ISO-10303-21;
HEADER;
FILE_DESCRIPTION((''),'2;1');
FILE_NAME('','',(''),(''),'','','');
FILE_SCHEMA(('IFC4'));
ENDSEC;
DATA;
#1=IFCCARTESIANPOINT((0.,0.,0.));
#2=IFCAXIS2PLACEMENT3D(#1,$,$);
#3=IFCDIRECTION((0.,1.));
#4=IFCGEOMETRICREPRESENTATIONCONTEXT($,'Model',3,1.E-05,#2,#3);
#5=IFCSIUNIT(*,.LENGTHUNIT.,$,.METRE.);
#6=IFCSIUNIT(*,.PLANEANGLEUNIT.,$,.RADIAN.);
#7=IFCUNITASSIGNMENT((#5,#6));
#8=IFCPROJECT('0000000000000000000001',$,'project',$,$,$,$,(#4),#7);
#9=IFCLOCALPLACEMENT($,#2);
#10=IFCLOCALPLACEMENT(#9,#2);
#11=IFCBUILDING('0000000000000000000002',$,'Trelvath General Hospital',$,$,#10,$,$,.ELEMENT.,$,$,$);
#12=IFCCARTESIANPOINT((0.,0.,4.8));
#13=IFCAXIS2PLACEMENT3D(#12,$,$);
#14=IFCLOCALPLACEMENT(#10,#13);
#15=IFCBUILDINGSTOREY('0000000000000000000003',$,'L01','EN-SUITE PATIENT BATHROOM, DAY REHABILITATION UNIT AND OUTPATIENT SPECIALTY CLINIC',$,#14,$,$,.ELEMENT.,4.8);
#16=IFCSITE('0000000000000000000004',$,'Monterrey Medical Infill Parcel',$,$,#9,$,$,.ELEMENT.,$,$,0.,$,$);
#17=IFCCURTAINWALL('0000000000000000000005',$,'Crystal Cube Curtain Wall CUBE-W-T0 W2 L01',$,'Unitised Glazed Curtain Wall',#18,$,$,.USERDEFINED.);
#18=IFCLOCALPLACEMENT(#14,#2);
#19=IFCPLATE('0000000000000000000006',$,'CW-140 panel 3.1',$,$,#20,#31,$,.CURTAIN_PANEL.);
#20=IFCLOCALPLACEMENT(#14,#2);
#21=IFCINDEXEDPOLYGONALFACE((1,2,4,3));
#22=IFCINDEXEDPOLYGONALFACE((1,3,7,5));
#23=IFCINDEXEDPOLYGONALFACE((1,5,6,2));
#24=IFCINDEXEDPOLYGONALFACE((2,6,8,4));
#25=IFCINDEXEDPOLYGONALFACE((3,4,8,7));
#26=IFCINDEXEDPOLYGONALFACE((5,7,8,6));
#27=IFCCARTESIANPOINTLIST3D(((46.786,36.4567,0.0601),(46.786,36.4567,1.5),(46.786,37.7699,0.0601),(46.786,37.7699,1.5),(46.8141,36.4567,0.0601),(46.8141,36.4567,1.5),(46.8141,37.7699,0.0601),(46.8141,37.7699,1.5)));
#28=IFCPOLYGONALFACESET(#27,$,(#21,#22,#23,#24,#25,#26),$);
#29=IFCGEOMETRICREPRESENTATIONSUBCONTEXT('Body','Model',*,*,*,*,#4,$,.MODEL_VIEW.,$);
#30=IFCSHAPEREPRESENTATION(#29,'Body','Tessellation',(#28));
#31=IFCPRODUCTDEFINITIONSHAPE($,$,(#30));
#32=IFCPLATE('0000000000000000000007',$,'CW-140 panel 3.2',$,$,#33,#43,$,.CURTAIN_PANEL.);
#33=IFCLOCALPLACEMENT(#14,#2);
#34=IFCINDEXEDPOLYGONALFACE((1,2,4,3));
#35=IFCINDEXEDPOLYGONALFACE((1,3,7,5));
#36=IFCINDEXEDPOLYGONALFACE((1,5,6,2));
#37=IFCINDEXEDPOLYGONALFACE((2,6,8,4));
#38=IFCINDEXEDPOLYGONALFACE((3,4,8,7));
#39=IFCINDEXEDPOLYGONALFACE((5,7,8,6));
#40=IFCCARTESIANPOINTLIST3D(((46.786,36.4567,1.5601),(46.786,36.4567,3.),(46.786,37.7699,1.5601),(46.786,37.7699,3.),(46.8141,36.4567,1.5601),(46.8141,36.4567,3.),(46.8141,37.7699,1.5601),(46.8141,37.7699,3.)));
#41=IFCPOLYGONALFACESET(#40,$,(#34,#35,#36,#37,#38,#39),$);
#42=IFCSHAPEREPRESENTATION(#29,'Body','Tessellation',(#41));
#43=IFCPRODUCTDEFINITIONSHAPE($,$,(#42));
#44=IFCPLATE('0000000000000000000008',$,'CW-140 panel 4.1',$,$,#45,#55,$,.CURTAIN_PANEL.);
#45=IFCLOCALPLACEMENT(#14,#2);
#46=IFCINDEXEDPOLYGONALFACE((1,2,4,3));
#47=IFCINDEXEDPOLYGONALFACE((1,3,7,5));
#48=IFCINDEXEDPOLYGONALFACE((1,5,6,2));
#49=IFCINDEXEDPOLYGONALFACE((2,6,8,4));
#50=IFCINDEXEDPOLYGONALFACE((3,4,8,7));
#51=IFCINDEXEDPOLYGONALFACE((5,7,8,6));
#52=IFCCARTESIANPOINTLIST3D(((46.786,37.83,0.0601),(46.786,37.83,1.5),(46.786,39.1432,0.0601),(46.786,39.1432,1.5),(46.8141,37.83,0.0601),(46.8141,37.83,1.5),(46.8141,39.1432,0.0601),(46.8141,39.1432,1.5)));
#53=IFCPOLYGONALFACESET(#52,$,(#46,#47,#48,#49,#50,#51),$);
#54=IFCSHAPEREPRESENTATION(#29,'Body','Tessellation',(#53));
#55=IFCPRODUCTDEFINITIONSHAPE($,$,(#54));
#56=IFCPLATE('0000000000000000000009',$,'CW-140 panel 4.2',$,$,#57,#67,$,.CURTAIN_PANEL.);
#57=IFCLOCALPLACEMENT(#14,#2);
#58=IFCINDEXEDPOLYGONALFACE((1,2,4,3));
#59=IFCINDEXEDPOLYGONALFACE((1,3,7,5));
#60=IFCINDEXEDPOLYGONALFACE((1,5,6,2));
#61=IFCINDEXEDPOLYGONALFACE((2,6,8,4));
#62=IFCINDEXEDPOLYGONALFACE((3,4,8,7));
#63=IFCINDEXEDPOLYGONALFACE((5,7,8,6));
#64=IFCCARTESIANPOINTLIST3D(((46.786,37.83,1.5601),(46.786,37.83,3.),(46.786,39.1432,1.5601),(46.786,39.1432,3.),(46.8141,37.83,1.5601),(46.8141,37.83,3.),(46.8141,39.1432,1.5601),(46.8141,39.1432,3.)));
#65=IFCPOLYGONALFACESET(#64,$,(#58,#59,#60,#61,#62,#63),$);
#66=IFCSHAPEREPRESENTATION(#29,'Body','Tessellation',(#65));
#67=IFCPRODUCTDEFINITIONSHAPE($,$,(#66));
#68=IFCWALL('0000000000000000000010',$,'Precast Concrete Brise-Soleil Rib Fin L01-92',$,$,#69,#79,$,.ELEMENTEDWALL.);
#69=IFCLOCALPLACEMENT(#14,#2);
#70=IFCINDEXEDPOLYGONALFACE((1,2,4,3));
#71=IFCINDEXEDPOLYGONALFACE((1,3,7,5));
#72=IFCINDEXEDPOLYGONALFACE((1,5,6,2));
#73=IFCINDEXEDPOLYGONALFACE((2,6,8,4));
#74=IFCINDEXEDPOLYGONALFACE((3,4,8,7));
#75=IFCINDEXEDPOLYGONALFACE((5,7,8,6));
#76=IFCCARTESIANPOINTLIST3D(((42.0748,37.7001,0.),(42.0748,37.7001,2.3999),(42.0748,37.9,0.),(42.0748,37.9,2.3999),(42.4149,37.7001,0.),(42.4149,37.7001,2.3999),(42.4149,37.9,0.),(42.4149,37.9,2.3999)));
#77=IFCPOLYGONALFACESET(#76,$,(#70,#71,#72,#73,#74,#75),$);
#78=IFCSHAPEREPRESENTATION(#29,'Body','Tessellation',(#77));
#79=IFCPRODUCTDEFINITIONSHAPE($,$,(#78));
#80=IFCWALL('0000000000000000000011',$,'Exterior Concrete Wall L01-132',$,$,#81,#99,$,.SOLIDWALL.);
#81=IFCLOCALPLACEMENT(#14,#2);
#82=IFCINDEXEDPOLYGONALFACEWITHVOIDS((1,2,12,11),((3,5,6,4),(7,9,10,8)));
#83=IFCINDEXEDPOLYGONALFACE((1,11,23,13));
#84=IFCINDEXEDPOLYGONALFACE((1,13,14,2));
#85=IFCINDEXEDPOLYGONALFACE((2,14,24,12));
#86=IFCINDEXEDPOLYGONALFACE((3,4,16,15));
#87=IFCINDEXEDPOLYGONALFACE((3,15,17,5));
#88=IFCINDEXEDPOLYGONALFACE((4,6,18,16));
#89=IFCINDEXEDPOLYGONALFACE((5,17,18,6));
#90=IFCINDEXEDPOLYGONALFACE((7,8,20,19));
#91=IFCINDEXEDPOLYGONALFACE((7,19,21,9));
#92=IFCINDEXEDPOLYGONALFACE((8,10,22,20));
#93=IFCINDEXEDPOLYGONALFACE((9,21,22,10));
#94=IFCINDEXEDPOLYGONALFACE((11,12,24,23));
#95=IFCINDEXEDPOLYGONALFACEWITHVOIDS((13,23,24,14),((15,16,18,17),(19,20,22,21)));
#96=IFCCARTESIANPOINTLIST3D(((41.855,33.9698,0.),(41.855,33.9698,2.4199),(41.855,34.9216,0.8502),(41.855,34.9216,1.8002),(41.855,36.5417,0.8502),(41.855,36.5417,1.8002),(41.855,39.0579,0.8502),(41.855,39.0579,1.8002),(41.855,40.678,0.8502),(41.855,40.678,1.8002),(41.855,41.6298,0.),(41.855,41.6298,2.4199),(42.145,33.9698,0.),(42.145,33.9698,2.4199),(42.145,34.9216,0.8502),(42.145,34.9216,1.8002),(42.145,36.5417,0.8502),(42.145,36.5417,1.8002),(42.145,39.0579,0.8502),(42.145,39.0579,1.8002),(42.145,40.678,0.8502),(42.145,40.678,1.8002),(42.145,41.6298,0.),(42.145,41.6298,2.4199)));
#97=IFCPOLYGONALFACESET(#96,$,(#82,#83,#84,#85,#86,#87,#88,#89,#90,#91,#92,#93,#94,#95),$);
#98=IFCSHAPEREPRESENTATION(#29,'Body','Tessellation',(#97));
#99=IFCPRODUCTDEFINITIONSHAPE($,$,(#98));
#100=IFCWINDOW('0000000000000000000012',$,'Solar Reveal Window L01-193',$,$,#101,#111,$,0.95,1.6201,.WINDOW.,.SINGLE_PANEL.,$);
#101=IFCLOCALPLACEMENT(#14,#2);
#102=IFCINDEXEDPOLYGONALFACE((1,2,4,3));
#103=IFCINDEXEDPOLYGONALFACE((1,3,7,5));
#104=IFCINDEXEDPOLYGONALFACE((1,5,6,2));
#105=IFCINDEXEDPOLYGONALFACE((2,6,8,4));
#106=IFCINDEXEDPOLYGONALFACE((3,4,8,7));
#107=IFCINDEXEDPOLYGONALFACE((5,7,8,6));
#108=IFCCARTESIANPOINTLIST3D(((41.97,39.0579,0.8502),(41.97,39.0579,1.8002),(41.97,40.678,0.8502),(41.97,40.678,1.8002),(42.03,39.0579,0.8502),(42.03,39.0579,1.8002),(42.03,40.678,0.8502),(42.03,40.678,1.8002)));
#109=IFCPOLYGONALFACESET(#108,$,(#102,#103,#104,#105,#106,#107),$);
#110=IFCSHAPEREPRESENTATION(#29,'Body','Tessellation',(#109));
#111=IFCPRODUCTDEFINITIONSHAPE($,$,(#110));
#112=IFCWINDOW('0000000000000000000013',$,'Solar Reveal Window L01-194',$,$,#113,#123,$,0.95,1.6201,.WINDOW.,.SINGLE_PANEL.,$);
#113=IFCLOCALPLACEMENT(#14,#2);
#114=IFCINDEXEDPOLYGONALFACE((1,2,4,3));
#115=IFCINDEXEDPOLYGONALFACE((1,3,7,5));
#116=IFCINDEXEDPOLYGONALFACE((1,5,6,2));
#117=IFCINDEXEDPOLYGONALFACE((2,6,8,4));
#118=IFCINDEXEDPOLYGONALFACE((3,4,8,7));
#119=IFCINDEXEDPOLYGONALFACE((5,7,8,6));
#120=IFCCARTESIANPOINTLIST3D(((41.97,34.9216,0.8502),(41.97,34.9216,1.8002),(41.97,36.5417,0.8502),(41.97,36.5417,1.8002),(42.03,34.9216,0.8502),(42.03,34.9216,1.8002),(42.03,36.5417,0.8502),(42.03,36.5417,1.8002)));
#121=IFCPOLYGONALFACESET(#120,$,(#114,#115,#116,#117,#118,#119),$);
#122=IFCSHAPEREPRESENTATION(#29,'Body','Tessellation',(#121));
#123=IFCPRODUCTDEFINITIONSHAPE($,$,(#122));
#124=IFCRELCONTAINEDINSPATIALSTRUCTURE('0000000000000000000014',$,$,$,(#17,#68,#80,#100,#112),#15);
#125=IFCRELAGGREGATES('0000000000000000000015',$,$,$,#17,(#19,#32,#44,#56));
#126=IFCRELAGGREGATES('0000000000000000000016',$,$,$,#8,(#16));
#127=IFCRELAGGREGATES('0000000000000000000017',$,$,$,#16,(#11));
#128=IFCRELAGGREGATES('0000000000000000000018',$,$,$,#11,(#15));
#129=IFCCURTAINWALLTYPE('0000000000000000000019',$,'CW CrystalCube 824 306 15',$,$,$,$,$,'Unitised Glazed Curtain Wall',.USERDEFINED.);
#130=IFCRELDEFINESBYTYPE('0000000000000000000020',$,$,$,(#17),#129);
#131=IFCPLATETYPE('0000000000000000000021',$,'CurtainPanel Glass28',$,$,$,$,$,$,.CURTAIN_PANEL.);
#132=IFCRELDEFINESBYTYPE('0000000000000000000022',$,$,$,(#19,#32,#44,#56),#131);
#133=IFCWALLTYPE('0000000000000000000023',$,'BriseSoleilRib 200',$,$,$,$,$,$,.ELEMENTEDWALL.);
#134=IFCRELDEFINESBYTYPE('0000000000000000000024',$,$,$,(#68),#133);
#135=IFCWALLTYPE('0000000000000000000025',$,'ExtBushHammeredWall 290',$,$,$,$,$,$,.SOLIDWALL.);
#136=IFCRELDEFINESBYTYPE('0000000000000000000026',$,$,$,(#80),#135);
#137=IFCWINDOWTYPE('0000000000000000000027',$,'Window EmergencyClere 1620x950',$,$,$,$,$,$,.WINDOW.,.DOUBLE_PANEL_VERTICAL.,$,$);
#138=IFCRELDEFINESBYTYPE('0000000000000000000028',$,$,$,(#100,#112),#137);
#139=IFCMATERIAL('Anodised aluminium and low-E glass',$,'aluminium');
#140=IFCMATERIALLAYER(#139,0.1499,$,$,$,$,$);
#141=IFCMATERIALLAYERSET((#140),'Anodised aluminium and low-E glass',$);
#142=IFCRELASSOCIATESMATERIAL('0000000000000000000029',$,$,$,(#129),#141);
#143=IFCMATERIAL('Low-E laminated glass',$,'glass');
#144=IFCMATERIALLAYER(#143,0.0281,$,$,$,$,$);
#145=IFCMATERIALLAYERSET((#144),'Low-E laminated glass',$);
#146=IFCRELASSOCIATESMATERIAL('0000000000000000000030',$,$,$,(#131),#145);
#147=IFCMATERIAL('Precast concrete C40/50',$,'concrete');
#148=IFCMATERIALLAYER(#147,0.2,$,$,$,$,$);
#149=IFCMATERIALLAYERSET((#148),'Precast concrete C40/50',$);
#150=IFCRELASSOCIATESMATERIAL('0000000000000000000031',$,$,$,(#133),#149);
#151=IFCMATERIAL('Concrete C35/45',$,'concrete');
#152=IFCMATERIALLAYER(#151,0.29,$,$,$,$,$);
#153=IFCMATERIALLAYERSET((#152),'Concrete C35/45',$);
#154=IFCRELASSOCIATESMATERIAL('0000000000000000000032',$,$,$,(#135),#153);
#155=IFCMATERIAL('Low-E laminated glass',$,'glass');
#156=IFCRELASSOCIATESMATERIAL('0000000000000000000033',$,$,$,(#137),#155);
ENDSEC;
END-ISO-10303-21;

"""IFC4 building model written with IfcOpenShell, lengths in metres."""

from ifc_helpers import new_model, si_unit, direction, frame, frame_2d, origin, origin_2d, place, context, subcontext, project, spatial, rectangle, extrude, material, layer, layer_set, type_object, element, fill, aggregate, save


model = new_model("IFC4")

# Units and contexts
model_context = context("Model", 3, precision=1e-05, world=origin(), true_north=direction((0.0, 1.0)))
body_context = subcontext(model_context, "Body", "Model", "MODEL_VIEW")
ifc_project = project(units=[si_unit("LENGTHUNIT", "METRE"), si_unit("PLANEANGLEUNIT", "RADIAN")], contexts=[model_context])

# Site, building, storey
site_placement = place(None, origin())
site = spatial("IfcSite", under=ifc_project, at=site_placement, Name="Monterrey Medical Infill Parcel", CompositionType="ELEMENT", RefElevation=0.0)
building_placement = place(site_placement, origin())
building = spatial("IfcBuilding", under=site, at=building_placement, Name="Trelvath General Hospital", CompositionType="ELEMENT")
storey_placement = place(building_placement, frame((0.0, 0.0, 4.8)))
storey = spatial("IfcBuildingStorey", under=building, at=storey_placement, Name="L01", Description="EN-SUITE PATIENT BATHROOM, DAY REHABILITATION UNIT AND OUTPATIENT SPECIALTY CLINIC", CompositionType="ELEMENT", Elevation=4.8)

# Curtain wall, plates
ifc_material_1 = material(Name="Anodised aluminium and low-E glass", Category="aluminium")
ifc_layer_1 = layer(ifc_material_1, 0.1499)
ifc_layer_set_1 = layer_set([ifc_layer_1], Name="Anodised aluminium and low-E glass")
curtain_wall_type = type_object("IfcCurtainWallType", Name="CW CrystalCube 824 306 15", ElementType="Unitised Glazed Curtain Wall", PredefinedType="USERDEFINED", material=ifc_layer_set_1)
curtain_wall_placement = place(storey_placement, origin())
curtain_wall = element("IfcCurtainWall", 1, at=curtain_wall_placement, inside=storey, type_object=curtain_wall_type, Name="Crystal Cube Curtain Wall CUBE-W-T0 W2 L01", ObjectType="Unitised Glazed Curtain Wall", PredefinedType="USERDEFINED")
ifc_material_2 = material(Name="Low-E laminated glass", Category="glass")
ifc_layer_2 = layer(ifc_material_2, 0.0281)
ifc_layer_set_2 = layer_set([ifc_layer_2], Name="Low-E laminated glass")
plate_type = type_object("IfcPlateType", Name="CurtainPanel Glass28", PredefinedType="CURTAIN_PANEL", material=ifc_layer_set_2)
plate_1_placement = place(storey_placement, frame((46.8, 37.1133, 0.0601), z_axis=(0.0, 0.0, 1.0), x_axis=(0.0, 1.0, 0.0)))
plate_1 = element("IfcPlate", 2, at=plate_1_placement, type_object=plate_type, Name="CW-140 panel 3.1", PredefinedType="CURTAIN_PANEL", context=body_context, shape_type="SweptSolid", body=[
    extrude(rectangle(XDim=1.3132, YDim=0.0281, at=origin_2d()), origin(), (0.0, 0.0, 1.0), 1.4399),
])
plate_2_placement = place(storey_placement, frame((46.8, 37.1133, 1.5601), z_axis=(0.0, 0.0, 1.0), x_axis=(0.0, 1.0, 0.0)))
plate_2 = element("IfcPlate", 3, at=plate_2_placement, type_object=plate_type, Name="CW-140 panel 3.2", PredefinedType="CURTAIN_PANEL", context=body_context, shape_type="SweptSolid", body=[
    extrude(rectangle(XDim=1.3132, YDim=0.0281, at=origin_2d()), origin(), (0.0, 0.0, 1.0), 1.4399),
])
plate_3_placement = place(storey_placement, frame((46.8, 38.4866, 0.0601), z_axis=(0.0, 0.0, 1.0), x_axis=(0.0, 1.0, 0.0)))
plate_3 = element("IfcPlate", 4, at=plate_3_placement, type_object=plate_type, Name="CW-140 panel 4.1", PredefinedType="CURTAIN_PANEL", context=body_context, shape_type="SweptSolid", body=[
    extrude(rectangle(XDim=1.3132, YDim=0.0281, at=origin_2d()), origin(), (0.0, 0.0, 1.0), 1.4399),
])
plate_4_placement = place(storey_placement, frame((46.8, 38.4866, 1.5601), z_axis=(0.0, 0.0, 1.0), x_axis=(0.0, 1.0, 0.0)))
plate_4 = element("IfcPlate", 5, at=plate_4_placement, type_object=plate_type, Name="CW-140 panel 4.2", PredefinedType="CURTAIN_PANEL", context=body_context, shape_type="SweptSolid", body=[
    extrude(rectangle(XDim=1.3132, YDim=0.0281, at=origin_2d()), origin(), (0.0, 0.0, 1.0), 1.4399),
])
aggregate(curtain_wall, [plate_1, plate_2, plate_3, plate_4])

# Wall
ifc_material_3 = material(Name="Precast concrete C40/50", Category="concrete")
ifc_layer_3 = layer(ifc_material_3, 0.2)
ifc_layer_set_3 = layer_set([ifc_layer_3], Name="Precast concrete C40/50")
wall_type_1 = type_object("IfcWallType", Name="BriseSoleilRib 200", PredefinedType="ELEMENTEDWALL", material=ifc_layer_set_3)
wall_1_placement = place(storey_placement, frame((42.075, 37.8, 0.0), z_axis=(0.0, 0.0, 1.0), x_axis=(1.0, 0.0, 0.0)))
element("IfcWall", 6, at=wall_1_placement, inside=storey, type_object=wall_type_1, Name="Precast Concrete Brise-Soleil Rib Fin L01-92", PredefinedType="ELEMENTEDWALL", context=body_context, shape_type="SweptSolid", body=[
    extrude(rectangle(XDim=0.3401, YDim=0.2, at=frame_2d((0.1699, 0.0))), origin(), (0.0, 0.0, 1.0), 2.3999),
])

# Wall, openings, windows
ifc_material_4 = material(Name="Concrete C35/45", Category="concrete")
ifc_layer_4 = layer(ifc_material_4, 0.29)
ifc_layer_set_4 = layer_set([ifc_layer_4], Name="Concrete C35/45")
wall_type_2 = type_object("IfcWallType", Name="ExtBushHammeredWall 290", PredefinedType="SOLIDWALL", material=ifc_layer_set_4)
wall_2_placement = place(storey_placement, frame((42.0, 41.6299, 0.0), z_axis=(0.0, 0.0, 1.0), x_axis=(0.0, -1.0, 0.0)))
wall_2 = element("IfcWall", 7, at=wall_2_placement, inside=storey, type_object=wall_type_2, Name="Exterior Concrete Wall L01-132", PredefinedType="SOLIDWALL", context=body_context, shape_type="SweptSolid", body=[
    extrude(rectangle(XDim=7.6599, YDim=0.29, at=frame_2d((3.8301, 0.0))), origin(), (0.0, 0.0, 1.0), 2.4199),
])
opening_1_placement = place(wall_2_placement, frame((0.9519, 0.0, 0.8501)))
opening_1 = element("IfcOpeningElement", 8, at=opening_1_placement, cuts=wall_2, PredefinedType="OPENING", context=body_context, shape_type="SweptSolid", body=[
    extrude(rectangle(XDim=1.6201, YDim=0.95, at=frame_2d((0.8101, 0.4751))), frame((0.0, 0.155, 0.0), z_axis=(0.0, -1.0, 0.0), x_axis=(1.0, 0.0, 0.0)), (0.0, 0.0, 1.0), 0.3101),
])
opening_2_placement = place(wall_2_placement, frame((5.0881, 0.0, 0.8501)))
opening_2 = element("IfcOpeningElement", 9, at=opening_2_placement, cuts=wall_2, PredefinedType="OPENING", context=body_context, shape_type="SweptSolid", body=[
    extrude(rectangle(XDim=1.6201, YDim=0.95, at=frame_2d((0.8101, 0.4751))), frame((0.0, 0.155, 0.0), z_axis=(0.0, -1.0, 0.0), x_axis=(1.0, 0.0, 0.0)), (0.0, 0.0, 1.0), 0.3101),
])
ifc_material_5 = material(Name="Low-E laminated glass", Category="glass")
window_type = type_object("IfcWindowType", Name="Window EmergencyClere 1620x950", PartitioningType="DOUBLE_PANEL_VERTICAL", PredefinedType="WINDOW", material=ifc_material_5)
window_1_placement = place(opening_1_placement, origin())
window_1 = element("IfcWindow", 10, at=window_1_placement, inside=storey, type_object=window_type, Name="Solar Reveal Window L01-193", OverallHeight=0.95, OverallWidth=1.6201, PartitioningType="SINGLE_PANEL", PredefinedType="WINDOW", context=body_context, shape_type="SweptSolid", body=[
    extrude(rectangle(XDim=1.6201, YDim=0.95, at=frame_2d((0.8101, 0.4751))), frame((0.0, 0.03, 0.0), z_axis=(0.0, -1.0, 0.0), x_axis=(1.0, 0.0, 0.0)), (0.0, 0.0, 1.0), 0.0601),
])
fill(opening_1, window_1)
window_2_placement = place(opening_2_placement, origin())
window_2 = element("IfcWindow", 11, at=window_2_placement, inside=storey, type_object=window_type, Name="Solar Reveal Window L01-194", OverallHeight=0.95, OverallWidth=1.6201, PartitioningType="SINGLE_PANEL", PredefinedType="WINDOW", context=body_context, shape_type="SweptSolid", body=[
    extrude(rectangle(XDim=1.6201, YDim=0.95, at=frame_2d((0.8101, 0.4751))), frame((0.0, 0.03, 0.0), z_axis=(0.0, -1.0, 0.0), x_axis=(1.0, 0.0, 0.0)), (0.0, 0.0, 1.0), 0.0601),
])
fill(opening_2, window_2)

save(model, "model.ifc")
